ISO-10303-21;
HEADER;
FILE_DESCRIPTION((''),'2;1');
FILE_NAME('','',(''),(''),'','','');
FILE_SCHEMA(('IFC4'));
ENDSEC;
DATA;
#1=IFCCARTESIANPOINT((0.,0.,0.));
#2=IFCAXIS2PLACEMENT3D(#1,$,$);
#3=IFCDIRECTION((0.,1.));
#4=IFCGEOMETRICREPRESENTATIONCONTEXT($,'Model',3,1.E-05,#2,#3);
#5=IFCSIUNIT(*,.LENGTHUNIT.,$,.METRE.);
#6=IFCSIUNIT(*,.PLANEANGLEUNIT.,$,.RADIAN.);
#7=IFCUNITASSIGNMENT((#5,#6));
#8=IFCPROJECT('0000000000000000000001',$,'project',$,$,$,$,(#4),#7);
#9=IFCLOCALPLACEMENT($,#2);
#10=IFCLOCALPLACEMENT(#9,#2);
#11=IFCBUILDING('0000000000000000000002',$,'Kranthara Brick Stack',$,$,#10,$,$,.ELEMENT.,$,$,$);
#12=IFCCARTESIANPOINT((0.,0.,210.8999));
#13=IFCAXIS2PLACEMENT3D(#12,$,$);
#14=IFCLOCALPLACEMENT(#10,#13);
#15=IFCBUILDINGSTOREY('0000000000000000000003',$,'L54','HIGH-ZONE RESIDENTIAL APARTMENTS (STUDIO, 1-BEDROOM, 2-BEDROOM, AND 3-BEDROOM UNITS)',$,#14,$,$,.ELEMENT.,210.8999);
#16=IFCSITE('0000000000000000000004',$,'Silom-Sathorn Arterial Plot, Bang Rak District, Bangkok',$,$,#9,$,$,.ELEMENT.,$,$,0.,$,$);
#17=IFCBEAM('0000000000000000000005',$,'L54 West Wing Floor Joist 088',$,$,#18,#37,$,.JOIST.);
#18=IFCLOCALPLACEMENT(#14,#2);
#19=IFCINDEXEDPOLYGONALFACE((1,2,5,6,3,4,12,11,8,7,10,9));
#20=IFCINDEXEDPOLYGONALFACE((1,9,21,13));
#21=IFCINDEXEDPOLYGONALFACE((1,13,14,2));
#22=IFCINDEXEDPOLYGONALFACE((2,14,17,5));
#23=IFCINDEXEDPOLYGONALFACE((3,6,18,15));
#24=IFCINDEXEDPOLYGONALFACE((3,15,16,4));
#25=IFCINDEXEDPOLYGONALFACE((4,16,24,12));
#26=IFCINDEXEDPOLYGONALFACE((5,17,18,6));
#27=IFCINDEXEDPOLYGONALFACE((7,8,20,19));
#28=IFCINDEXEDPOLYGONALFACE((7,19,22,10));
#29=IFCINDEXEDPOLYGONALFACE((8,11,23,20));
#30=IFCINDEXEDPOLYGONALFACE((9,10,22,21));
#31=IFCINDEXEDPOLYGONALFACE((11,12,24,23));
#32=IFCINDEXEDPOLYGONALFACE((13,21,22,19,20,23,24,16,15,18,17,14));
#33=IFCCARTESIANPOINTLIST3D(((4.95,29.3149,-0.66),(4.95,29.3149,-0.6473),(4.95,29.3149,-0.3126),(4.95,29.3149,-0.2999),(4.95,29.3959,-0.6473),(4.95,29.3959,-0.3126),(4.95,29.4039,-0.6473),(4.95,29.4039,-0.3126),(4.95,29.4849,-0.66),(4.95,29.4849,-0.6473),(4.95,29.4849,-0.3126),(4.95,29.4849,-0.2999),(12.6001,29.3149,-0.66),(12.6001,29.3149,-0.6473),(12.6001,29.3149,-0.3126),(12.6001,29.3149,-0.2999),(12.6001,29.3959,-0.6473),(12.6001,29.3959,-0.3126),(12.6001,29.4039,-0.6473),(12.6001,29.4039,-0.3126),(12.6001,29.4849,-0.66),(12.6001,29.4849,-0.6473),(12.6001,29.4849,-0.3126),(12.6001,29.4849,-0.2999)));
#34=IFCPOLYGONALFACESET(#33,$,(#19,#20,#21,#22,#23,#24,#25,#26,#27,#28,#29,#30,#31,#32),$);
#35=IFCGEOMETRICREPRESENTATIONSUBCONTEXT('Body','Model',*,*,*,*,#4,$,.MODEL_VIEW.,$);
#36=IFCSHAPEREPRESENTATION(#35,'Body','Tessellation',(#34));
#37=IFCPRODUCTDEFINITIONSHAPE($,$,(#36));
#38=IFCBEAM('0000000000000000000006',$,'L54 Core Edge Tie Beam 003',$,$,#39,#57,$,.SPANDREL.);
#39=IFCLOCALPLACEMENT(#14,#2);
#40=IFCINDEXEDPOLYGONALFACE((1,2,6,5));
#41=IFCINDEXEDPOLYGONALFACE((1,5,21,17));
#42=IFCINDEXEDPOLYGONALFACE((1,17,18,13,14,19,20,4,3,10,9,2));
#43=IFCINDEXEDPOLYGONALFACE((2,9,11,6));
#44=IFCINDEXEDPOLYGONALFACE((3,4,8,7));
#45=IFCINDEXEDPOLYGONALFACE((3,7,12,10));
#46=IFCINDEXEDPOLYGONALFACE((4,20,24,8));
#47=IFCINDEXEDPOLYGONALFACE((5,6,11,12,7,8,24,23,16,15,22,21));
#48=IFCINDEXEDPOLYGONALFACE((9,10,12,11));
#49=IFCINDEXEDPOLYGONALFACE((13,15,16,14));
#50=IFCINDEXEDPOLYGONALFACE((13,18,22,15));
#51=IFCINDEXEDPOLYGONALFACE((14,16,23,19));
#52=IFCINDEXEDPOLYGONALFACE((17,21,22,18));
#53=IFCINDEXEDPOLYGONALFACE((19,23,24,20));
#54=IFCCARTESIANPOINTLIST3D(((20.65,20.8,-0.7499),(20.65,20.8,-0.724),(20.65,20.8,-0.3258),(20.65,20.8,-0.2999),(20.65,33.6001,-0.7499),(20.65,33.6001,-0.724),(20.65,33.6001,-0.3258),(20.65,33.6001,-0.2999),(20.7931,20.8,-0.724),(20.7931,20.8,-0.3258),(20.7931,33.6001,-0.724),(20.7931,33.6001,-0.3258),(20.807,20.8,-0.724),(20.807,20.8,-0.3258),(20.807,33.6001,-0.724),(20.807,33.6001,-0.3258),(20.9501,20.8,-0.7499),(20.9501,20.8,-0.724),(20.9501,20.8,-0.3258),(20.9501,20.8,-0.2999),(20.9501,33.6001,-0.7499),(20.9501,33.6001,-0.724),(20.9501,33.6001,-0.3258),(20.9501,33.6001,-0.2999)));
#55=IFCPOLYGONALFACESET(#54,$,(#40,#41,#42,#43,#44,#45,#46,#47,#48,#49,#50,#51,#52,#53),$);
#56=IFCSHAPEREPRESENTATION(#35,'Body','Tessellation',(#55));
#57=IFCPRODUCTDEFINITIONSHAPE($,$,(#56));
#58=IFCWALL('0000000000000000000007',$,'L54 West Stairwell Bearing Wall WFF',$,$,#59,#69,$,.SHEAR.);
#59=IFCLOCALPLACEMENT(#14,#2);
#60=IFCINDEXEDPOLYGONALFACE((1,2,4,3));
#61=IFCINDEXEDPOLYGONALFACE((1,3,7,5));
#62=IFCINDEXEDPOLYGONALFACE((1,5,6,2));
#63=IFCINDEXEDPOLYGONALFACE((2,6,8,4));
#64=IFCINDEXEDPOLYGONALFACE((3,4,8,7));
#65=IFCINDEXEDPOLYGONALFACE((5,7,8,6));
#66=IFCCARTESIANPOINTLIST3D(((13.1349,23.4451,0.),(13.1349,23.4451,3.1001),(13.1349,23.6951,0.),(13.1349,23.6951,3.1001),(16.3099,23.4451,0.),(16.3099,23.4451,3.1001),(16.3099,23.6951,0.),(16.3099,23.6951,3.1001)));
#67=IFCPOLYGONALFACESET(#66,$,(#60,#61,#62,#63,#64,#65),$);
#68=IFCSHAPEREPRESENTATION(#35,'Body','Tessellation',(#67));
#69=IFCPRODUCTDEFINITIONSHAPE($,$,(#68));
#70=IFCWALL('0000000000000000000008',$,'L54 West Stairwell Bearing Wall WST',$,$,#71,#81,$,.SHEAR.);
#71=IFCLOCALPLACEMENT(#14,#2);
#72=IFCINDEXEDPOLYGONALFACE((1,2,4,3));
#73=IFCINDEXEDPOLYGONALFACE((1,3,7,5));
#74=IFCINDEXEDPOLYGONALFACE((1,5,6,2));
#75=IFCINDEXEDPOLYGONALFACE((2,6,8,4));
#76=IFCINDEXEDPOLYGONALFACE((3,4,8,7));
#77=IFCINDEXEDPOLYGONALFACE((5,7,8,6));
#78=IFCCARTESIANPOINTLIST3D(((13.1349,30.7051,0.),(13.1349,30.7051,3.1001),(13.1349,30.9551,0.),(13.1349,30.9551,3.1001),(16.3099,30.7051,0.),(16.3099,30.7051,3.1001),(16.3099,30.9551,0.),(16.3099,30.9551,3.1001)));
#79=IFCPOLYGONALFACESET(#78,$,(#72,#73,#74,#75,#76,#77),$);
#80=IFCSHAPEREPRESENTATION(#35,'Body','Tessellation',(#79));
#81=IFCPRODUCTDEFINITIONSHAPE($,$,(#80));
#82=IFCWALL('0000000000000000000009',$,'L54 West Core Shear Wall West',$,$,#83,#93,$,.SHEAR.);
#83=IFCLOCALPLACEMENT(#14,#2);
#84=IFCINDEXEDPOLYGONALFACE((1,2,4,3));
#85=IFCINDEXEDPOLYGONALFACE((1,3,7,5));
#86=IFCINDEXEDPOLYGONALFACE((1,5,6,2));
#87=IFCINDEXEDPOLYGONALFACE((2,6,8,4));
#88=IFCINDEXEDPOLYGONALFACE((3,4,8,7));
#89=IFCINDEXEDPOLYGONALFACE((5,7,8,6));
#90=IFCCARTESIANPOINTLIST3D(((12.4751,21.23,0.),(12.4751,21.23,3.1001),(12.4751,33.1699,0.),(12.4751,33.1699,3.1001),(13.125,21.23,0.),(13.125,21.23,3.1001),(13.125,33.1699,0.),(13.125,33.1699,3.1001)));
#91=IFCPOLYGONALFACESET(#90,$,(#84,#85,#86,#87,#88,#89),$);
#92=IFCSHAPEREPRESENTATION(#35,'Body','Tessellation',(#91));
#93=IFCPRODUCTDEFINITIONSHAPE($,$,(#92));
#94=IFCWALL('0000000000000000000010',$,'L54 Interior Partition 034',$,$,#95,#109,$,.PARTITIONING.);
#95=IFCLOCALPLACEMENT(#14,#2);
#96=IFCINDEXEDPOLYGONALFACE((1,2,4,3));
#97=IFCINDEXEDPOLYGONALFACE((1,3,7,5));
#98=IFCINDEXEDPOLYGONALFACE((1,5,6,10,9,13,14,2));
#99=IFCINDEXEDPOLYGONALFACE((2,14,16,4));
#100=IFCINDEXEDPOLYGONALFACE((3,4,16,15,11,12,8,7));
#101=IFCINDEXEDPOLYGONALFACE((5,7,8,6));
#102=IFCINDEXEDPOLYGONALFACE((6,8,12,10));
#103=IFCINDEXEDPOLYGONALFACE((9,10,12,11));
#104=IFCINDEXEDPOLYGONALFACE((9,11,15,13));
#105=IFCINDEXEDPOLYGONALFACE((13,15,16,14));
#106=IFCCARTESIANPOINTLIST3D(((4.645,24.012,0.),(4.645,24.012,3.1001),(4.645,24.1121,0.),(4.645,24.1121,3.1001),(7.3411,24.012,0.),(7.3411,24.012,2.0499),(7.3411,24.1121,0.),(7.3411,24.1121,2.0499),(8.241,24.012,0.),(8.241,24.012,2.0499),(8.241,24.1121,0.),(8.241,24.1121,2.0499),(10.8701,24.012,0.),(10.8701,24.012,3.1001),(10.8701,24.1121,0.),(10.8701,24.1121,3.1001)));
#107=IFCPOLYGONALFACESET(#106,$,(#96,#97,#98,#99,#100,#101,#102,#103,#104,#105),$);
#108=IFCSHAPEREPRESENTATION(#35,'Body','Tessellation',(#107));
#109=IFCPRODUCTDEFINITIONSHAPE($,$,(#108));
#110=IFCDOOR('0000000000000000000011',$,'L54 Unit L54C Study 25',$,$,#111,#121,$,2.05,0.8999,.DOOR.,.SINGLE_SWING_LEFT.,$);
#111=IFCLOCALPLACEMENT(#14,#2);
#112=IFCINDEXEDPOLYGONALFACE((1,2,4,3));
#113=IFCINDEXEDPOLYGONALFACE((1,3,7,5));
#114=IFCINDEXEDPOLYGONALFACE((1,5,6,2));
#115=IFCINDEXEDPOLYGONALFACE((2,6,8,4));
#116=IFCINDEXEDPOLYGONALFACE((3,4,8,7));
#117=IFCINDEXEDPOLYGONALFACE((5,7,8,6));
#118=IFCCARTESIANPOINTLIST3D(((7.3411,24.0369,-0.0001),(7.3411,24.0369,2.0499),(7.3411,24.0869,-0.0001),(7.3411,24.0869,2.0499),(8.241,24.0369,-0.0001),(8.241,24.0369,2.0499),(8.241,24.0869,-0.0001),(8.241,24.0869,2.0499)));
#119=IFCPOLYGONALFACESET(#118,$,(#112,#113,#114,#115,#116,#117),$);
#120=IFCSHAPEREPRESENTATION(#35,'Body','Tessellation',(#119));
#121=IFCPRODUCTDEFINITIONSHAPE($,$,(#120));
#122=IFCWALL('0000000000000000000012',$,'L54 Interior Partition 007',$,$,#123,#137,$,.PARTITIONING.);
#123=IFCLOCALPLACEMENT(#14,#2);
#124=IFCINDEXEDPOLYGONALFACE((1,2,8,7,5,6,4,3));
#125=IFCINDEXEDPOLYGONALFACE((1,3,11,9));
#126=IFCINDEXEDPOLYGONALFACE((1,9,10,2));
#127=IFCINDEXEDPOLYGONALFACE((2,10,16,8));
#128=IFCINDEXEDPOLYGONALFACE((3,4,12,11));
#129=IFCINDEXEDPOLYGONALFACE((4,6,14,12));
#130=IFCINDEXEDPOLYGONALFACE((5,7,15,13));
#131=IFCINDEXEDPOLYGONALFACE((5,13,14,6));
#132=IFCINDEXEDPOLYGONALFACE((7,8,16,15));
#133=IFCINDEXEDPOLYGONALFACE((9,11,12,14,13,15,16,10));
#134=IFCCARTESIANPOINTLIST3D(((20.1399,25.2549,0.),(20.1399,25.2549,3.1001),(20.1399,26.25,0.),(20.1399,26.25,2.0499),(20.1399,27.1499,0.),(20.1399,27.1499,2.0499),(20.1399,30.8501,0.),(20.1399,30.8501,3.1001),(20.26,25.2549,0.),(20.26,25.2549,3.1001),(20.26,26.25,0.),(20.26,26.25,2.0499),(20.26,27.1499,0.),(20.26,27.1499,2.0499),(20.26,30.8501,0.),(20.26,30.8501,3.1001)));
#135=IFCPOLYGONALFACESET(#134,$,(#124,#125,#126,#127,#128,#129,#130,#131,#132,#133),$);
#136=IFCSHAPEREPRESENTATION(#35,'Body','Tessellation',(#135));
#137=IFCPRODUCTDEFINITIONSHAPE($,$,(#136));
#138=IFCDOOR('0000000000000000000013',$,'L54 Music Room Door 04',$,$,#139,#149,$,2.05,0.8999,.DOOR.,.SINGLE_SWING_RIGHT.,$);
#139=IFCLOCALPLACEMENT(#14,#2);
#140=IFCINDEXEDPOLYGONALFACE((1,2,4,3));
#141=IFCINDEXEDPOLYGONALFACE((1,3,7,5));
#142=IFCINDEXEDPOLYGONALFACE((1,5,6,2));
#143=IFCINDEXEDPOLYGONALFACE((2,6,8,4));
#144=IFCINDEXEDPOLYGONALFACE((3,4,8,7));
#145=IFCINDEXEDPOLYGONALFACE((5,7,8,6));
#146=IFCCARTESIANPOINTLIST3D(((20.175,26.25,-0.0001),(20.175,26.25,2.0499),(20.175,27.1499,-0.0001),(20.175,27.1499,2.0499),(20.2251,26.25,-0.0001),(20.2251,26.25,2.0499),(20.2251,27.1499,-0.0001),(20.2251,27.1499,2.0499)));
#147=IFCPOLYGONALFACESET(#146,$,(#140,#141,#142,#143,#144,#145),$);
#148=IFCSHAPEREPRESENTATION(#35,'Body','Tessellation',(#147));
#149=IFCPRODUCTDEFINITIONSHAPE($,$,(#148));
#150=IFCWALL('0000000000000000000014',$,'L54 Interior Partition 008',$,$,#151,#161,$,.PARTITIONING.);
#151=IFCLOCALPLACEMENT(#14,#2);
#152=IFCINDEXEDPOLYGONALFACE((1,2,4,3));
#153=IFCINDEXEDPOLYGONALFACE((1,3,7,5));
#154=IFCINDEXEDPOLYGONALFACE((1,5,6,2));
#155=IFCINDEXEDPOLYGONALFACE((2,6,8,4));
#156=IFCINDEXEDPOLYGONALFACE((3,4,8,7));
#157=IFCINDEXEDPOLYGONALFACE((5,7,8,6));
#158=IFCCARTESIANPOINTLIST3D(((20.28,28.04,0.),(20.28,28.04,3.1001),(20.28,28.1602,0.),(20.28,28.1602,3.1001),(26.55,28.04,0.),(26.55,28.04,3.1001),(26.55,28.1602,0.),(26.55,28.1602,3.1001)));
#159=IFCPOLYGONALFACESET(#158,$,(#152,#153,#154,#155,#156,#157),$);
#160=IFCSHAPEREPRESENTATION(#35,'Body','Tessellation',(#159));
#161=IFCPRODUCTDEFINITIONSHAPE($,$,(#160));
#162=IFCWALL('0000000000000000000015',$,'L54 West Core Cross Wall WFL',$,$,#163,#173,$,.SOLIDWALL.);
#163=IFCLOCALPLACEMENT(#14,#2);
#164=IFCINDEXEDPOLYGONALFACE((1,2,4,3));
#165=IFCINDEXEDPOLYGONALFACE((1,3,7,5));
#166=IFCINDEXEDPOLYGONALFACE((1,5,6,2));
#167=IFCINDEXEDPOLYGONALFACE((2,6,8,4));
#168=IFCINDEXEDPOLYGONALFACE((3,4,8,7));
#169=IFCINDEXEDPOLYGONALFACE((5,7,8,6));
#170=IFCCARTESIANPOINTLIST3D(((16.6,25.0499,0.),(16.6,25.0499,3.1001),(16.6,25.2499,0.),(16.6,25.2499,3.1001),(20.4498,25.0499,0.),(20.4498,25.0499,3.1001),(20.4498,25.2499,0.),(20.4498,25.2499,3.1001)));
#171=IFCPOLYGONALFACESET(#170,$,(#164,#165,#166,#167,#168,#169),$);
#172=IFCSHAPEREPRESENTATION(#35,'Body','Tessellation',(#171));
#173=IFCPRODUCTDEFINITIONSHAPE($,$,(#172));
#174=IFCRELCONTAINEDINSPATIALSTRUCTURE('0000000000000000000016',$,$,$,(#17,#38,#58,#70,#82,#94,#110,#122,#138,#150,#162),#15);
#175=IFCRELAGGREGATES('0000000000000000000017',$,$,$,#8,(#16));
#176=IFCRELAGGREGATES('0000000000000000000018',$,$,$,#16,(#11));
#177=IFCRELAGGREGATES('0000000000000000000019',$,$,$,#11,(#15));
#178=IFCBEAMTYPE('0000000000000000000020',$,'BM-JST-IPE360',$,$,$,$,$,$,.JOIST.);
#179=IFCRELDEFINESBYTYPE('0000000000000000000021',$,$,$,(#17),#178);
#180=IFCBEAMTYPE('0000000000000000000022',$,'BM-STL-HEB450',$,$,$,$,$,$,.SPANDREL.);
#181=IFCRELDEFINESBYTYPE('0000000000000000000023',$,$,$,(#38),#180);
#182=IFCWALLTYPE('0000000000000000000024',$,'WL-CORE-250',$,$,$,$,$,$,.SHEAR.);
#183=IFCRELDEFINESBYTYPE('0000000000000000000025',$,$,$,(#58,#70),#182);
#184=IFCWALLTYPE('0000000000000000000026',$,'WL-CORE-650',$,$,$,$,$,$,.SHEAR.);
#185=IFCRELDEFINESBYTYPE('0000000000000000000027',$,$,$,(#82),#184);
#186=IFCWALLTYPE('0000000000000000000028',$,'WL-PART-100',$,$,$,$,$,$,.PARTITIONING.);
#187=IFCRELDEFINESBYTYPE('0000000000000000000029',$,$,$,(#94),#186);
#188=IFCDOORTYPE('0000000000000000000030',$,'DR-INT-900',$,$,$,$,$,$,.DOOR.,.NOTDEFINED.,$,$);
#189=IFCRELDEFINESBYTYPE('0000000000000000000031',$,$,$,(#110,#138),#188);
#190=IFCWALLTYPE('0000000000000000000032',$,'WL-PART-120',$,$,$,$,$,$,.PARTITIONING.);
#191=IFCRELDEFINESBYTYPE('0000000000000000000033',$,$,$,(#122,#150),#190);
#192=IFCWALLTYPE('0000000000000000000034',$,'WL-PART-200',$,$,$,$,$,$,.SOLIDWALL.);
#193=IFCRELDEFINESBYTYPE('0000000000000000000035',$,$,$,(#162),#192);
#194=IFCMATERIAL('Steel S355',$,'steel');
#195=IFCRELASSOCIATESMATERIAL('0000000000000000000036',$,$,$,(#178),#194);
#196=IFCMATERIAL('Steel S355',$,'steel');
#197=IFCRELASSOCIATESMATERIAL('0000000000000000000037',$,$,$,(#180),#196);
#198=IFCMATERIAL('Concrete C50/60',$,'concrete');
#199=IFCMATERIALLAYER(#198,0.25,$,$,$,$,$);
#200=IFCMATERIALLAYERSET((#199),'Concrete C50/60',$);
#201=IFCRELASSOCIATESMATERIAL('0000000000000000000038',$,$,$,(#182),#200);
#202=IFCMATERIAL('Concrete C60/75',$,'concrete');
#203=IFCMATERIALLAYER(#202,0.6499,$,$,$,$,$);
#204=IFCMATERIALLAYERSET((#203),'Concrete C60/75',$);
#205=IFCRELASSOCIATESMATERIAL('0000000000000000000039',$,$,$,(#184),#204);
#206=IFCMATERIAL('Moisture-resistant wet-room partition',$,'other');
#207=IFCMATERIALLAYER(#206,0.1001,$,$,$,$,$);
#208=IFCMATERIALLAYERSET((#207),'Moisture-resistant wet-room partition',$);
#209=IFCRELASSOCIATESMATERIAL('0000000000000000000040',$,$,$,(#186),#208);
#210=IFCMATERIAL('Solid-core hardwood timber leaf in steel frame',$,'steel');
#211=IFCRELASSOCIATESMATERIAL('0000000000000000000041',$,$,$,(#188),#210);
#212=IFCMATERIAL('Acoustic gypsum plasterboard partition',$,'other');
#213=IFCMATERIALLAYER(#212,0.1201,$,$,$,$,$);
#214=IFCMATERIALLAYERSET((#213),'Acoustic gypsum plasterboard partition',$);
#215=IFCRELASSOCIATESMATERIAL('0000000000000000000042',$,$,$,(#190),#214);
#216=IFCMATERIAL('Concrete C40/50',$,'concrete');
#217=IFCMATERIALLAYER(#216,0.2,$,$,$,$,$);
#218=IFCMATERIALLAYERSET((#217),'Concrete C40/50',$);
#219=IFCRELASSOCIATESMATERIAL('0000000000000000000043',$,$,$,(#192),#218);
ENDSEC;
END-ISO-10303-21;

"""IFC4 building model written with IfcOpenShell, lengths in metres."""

from ifc_helpers import new_model, si_unit, direction, frame, frame_2d, origin, origin_2d, place, context, subcontext, project, spatial, rectangle, i_section, extrude, material, layer, layer_set, material_profile, profile_set, type_object, element, fill, save


model = new_model("IFC4")

# Units and contexts
model_context = context("Model", 3, precision=1e-05, world=origin(), true_north=direction((0.0, 1.0)))
body_context = subcontext(model_context, "Body", "Model", "MODEL_VIEW")
ifc_project = project(units=[si_unit("LENGTHUNIT", "METRE"), si_unit("PLANEANGLEUNIT", "RADIAN")], contexts=[model_context])

# Site, building, storey
site_placement = place(None, origin())
site = spatial("IfcSite", under=ifc_project, at=site_placement, Name="Silom-Sathorn Arterial Plot, Bang Rak District, Bangkok", CompositionType="ELEMENT", RefElevation=0.0)
building_placement = place(site_placement, origin())
building = spatial("IfcBuilding", under=site, at=building_placement, Name="Kranthara Brick Stack", CompositionType="ELEMENT")
storey_placement = place(building_placement, frame((0.0, 0.0, 210.8999)))
storey = spatial("IfcBuildingStorey", under=building, at=storey_placement, Name="L54", Description="HIGH-ZONE RESIDENTIAL APARTMENTS (STUDIO, 1-BEDROOM, 2-BEDROOM, AND 3-BEDROOM UNITS)", CompositionType="ELEMENT", Elevation=210.8999)

# Beams
ifc_material_1 = material(Name="Steel S355", Category="steel")
ifc_material_profile_1 = material_profile(ifc_material_1, i_section(OverallWidth=0.1699, OverallDepth=0.3601, WebThickness=0.0081, FlangeThickness=0.0127, at=origin_2d()), Name="IPE 360")
ifc_profile_set_1 = profile_set([ifc_material_profile_1], Name="Steel S355")
beam_type_1 = type_object("IfcBeamType", Name="BM-JST-IPE360", PredefinedType="JOIST", material=ifc_profile_set_1)
for number, where, z_axis, x_axis, name in (
    (1, (4.95, 29.3999, -0.48), (1.0, 0.0, 0.0), (0.0, 1.0, 0.0), "L54 West Wing Floor Joist 088"),
):
    element("IfcBeam", number, at=place(storey_placement, frame(where, z_axis=z_axis, x_axis=x_axis)), inside=storey, type_object=beam_type_1, Name=name, PredefinedType="JOIST", context=body_context, shape_type="SweptSolid", body=[
        extrude(i_section(OverallWidth=0.1699, OverallDepth=0.3601, WebThickness=0.0081, FlangeThickness=0.0127, at=origin_2d()), origin(), (0.0, 0.0, 1.0), 7.6501),
    ])
ifc_material_2 = material(Name="Steel S355", Category="steel")
ifc_material_profile_2 = material_profile(ifc_material_2, i_section(OverallWidth=0.3, OverallDepth=0.45, WebThickness=0.0139, FlangeThickness=0.0259, at=origin_2d()), Name="HEB 450")
ifc_profile_set_2 = profile_set([ifc_material_profile_2], Name="Steel S355")
beam_type_2 = type_object("IfcBeamType", Name="BM-STL-HEB450", PredefinedType="SPANDREL", material=ifc_profile_set_2)
beam_1_placement = place(storey_placement, frame((20.8, 20.8, -0.5249), z_axis=(0.0, 1.0, 0.0), x_axis=(-1.0, 0.0, 0.0)))
element("IfcBeam", 2, at=beam_1_placement, inside=storey, type_object=beam_type_2, Name="L54 Core Edge Tie Beam 003", PredefinedType="SPANDREL", context=body_context, shape_type="SweptSolid", body=[
    extrude(i_section(OverallWidth=0.3, OverallDepth=0.45, WebThickness=0.0139, FlangeThickness=0.0259, at=origin_2d()), origin(), (0.0, 0.0, 1.0), 12.8),
])

# Shared definitions
ifc_material_3 = material(Name="Concrete C50/60", Category="concrete")
ifc_layer_1 = layer(ifc_material_3, 0.25)
ifc_layer_set_1 = layer_set([ifc_layer_1], Name="Concrete C50/60")
wall_type_1 = type_object("IfcWallType", Name="WL-CORE-250", PredefinedType="SHEAR", material=ifc_layer_set_1)

# Walls
for number, where, z_axis, x_axis, name in (
    (3, (13.135, 23.5701, 0.0), (0.0, 0.0, 1.0), (1.0, 0.0, 0.0), "L54 West Stairwell Bearing Wall WFF"),
    (4, (13.135, 30.8301, 0.0), (0.0, 0.0, 1.0), (1.0, 0.0, 0.0), "L54 West Stairwell Bearing Wall WST"),
):
    element("IfcWall", number, at=place(storey_placement, frame(where, z_axis=z_axis, x_axis=x_axis)), inside=storey, type_object=wall_type_1, Name=name, PredefinedType="SHEAR", context=body_context, shape_type="SweptSolid", body=[
        extrude(rectangle(XDim=3.175, YDim=0.25, at=frame_2d((1.5874, 0.0))), origin(), (0.0, 0.0, 1.0), 3.1001),
    ])
ifc_material_4 = material(Name="Concrete C60/75", Category="concrete")
ifc_layer_2 = layer(ifc_material_4, 0.6499)
ifc_layer_set_2 = layer_set([ifc_layer_2], Name="Concrete C60/75")
wall_type_2 = type_object("IfcWallType", Name="WL-CORE-650", PredefinedType="SHEAR", material=ifc_layer_set_2)
wall_1_placement = place(storey_placement, frame((12.8, 21.23, 0.0), z_axis=(0.0, 0.0, 1.0), x_axis=(0.0, 1.0, 0.0)))
element("IfcWall", 5, at=wall_1_placement, inside=storey, type_object=wall_type_2, Name="L54 West Core Shear Wall West", PredefinedType="SHEAR", context=body_context, shape_type="SweptSolid", body=[
    extrude(rectangle(XDim=11.9399, YDim=0.6499, at=frame_2d((5.97, 0.0))), origin(), (0.0, 0.0, 1.0), 3.1001),
])

# Walls, openings, doors
ifc_material_5 = material(Name="Moisture-resistant wet-room partition", Category="other")
ifc_layer_3 = layer(ifc_material_5, 0.1001)
ifc_layer_set_3 = layer_set([ifc_layer_3], Name="Moisture-resistant wet-room partition")
wall_type_3 = type_object("IfcWallType", Name="WL-PART-100", PredefinedType="PARTITIONING", material=ifc_layer_set_3)
wall_2_placement = place(storey_placement, frame((4.645, 24.062, 0.0), z_axis=(0.0, 0.0, 1.0), x_axis=(1.0, 0.0, 0.0)))
wall_2 = element("IfcWall", 6, at=wall_2_placement, inside=storey, type_object=wall_type_3, Name="L54 Interior Partition 034", PredefinedType="PARTITIONING", context=body_context, shape_type="SweptSolid", body=[
    extrude(rectangle(XDim=6.2251, YDim=0.1001, at=frame_2d((3.1125, 0.0))), origin(), (0.0, 0.0, 1.0), 3.1001),
])
opening_1_placement = place(wall_2_placement, frame((2.696, 0.0, 0.0)))
opening_1 = element("IfcOpeningElement", 7, at=opening_1_placement, cuts=wall_2, PredefinedType="OPENING", context=body_context, shape_type="SweptSolid", body=[
    extrude(rectangle(XDim=0.8999, YDim=2.05, at=frame_2d((0.45, 1.0249))), frame((0.0, 0.0601, 0.0), z_axis=(0.0, -1.0, 0.0), x_axis=(1.0, 0.0, 0.0)), (0.0, 0.0, 1.0), 0.1201),
])
ifc_material_6 = material(Name="Solid-core hardwood timber leaf in steel frame", Category="steel")
door_type_1 = type_object("IfcDoorType", Name="DR-INT-900", OperationType="NOTDEFINED", PredefinedType="DOOR", material=ifc_material_6)
door_1_placement = place(opening_1_placement, origin())
door_1 = element("IfcDoor", 8, at=door_1_placement, inside=storey, type_object=door_type_1, Name="L54 Unit L54C Study 25", OperationType="SINGLE_SWING_LEFT", OverallHeight=2.05, OverallWidth=0.8999, PredefinedType="DOOR", context=body_context, shape_type="SweptSolid", body=[
    extrude(rectangle(XDim=0.8999, YDim=2.05, at=frame_2d((0.45, 1.0249))), frame((0.0, 0.0249, 0.0), z_axis=(0.0, -1.0, 0.0), x_axis=(1.0, 0.0, 0.0)), (0.0, 0.0, 1.0), 0.05),
])
fill(opening_1, door_1)
ifc_material_7 = material(Name="Acoustic gypsum plasterboard partition", Category="other")
ifc_layer_4 = layer(ifc_material_7, 0.1201)
ifc_layer_set_4 = layer_set([ifc_layer_4], Name="Acoustic gypsum plasterboard partition")
wall_type_4 = type_object("IfcWallType", Name="WL-PART-120", PredefinedType="PARTITIONING", material=ifc_layer_set_4)
wall_3_placement = place(storey_placement, frame((20.2, 25.2549, 0.0), z_axis=(0.0, 0.0, 1.0), x_axis=(0.0, 1.0, 0.0)))
wall_3 = element("IfcWall", 9, at=wall_3_placement, inside=storey, type_object=wall_type_4, Name="L54 Interior Partition 007", PredefinedType="PARTITIONING", context=body_context, shape_type="SweptSolid", body=[
    extrude(rectangle(XDim=5.5952, YDim=0.1201, at=frame_2d((2.7976, 0.0))), origin(), (0.0, 0.0, 1.0), 3.1001),
])
opening_2_placement = place(wall_3_placement, frame((0.9951, 0.0, 0.0)))
opening_2 = element("IfcOpeningElement", 10, at=opening_2_placement, cuts=wall_3, PredefinedType="OPENING", context=body_context, shape_type="SweptSolid", body=[
    extrude(rectangle(XDim=0.8999, YDim=2.05, at=frame_2d((0.45, 1.0249))), frame((0.0, 0.0701, 0.0), z_axis=(0.0, -1.0, 0.0), x_axis=(1.0, 0.0, 0.0)), (0.0, 0.0, 1.0), 0.1401),
])
door_2_placement = place(opening_2_placement, origin())
door_2 = element("IfcDoor", 11, at=door_2_placement, inside=storey, type_object=door_type_1, Name="L54 Music Room Door 04", OperationType="SINGLE_SWING_RIGHT", OverallHeight=2.05, OverallWidth=0.8999, PredefinedType="DOOR", context=body_context, shape_type="SweptSolid", body=[
    extrude(rectangle(XDim=0.8999, YDim=2.05, at=frame_2d((0.45, 1.0249))), frame((0.0, 0.0249, 0.0), z_axis=(0.0, -1.0, 0.0), x_axis=(1.0, 0.0, 0.0)), (0.0, 0.0, 1.0), 0.05),
])
fill(opening_2, door_2)

# Walls
wall_4_placement = place(storey_placement, frame((20.28, 28.1001, 0.0), z_axis=(0.0, 0.0, 1.0), x_axis=(1.0, 0.0, 0.0)))
element("IfcWall", 12, at=wall_4_placement, inside=storey, type_object=wall_type_4, Name="L54 Interior Partition 008", PredefinedType="PARTITIONING", context=body_context, shape_type="SweptSolid", body=[
    extrude(rectangle(XDim=6.27, YDim=0.1201, at=frame_2d((3.135, 0.0))), origin(), (0.0, 0.0, 1.0), 3.1001),
])
ifc_material_8 = material(Name="Concrete C40/50", Category="concrete")
ifc_layer_5 = layer(ifc_material_8, 0.2)
ifc_layer_set_5 = layer_set([ifc_layer_5], Name="Concrete C40/50")
wall_type_5 = type_object("IfcWallType", Name="WL-PART-200", PredefinedType="SOLIDWALL", material=ifc_layer_set_5)
wall_5_placement = place(storey_placement, frame((16.6001, 25.1499, 0.0), z_axis=(0.0, 0.0, 1.0), x_axis=(1.0, 0.0, 0.0)))
element("IfcWall", 13, at=wall_5_placement, inside=storey, type_object=wall_type_5, Name="L54 West Core Cross Wall WFL", PredefinedType="SOLIDWALL", context=body_context, shape_type="SweptSolid", body=[
    extrude(rectangle(XDim=3.8499, YDim=0.2, at=frame_2d((1.9248, 0.0))), origin(), (0.0, 0.0, 1.0), 3.1001),
])

save(model, "model.ifc")
